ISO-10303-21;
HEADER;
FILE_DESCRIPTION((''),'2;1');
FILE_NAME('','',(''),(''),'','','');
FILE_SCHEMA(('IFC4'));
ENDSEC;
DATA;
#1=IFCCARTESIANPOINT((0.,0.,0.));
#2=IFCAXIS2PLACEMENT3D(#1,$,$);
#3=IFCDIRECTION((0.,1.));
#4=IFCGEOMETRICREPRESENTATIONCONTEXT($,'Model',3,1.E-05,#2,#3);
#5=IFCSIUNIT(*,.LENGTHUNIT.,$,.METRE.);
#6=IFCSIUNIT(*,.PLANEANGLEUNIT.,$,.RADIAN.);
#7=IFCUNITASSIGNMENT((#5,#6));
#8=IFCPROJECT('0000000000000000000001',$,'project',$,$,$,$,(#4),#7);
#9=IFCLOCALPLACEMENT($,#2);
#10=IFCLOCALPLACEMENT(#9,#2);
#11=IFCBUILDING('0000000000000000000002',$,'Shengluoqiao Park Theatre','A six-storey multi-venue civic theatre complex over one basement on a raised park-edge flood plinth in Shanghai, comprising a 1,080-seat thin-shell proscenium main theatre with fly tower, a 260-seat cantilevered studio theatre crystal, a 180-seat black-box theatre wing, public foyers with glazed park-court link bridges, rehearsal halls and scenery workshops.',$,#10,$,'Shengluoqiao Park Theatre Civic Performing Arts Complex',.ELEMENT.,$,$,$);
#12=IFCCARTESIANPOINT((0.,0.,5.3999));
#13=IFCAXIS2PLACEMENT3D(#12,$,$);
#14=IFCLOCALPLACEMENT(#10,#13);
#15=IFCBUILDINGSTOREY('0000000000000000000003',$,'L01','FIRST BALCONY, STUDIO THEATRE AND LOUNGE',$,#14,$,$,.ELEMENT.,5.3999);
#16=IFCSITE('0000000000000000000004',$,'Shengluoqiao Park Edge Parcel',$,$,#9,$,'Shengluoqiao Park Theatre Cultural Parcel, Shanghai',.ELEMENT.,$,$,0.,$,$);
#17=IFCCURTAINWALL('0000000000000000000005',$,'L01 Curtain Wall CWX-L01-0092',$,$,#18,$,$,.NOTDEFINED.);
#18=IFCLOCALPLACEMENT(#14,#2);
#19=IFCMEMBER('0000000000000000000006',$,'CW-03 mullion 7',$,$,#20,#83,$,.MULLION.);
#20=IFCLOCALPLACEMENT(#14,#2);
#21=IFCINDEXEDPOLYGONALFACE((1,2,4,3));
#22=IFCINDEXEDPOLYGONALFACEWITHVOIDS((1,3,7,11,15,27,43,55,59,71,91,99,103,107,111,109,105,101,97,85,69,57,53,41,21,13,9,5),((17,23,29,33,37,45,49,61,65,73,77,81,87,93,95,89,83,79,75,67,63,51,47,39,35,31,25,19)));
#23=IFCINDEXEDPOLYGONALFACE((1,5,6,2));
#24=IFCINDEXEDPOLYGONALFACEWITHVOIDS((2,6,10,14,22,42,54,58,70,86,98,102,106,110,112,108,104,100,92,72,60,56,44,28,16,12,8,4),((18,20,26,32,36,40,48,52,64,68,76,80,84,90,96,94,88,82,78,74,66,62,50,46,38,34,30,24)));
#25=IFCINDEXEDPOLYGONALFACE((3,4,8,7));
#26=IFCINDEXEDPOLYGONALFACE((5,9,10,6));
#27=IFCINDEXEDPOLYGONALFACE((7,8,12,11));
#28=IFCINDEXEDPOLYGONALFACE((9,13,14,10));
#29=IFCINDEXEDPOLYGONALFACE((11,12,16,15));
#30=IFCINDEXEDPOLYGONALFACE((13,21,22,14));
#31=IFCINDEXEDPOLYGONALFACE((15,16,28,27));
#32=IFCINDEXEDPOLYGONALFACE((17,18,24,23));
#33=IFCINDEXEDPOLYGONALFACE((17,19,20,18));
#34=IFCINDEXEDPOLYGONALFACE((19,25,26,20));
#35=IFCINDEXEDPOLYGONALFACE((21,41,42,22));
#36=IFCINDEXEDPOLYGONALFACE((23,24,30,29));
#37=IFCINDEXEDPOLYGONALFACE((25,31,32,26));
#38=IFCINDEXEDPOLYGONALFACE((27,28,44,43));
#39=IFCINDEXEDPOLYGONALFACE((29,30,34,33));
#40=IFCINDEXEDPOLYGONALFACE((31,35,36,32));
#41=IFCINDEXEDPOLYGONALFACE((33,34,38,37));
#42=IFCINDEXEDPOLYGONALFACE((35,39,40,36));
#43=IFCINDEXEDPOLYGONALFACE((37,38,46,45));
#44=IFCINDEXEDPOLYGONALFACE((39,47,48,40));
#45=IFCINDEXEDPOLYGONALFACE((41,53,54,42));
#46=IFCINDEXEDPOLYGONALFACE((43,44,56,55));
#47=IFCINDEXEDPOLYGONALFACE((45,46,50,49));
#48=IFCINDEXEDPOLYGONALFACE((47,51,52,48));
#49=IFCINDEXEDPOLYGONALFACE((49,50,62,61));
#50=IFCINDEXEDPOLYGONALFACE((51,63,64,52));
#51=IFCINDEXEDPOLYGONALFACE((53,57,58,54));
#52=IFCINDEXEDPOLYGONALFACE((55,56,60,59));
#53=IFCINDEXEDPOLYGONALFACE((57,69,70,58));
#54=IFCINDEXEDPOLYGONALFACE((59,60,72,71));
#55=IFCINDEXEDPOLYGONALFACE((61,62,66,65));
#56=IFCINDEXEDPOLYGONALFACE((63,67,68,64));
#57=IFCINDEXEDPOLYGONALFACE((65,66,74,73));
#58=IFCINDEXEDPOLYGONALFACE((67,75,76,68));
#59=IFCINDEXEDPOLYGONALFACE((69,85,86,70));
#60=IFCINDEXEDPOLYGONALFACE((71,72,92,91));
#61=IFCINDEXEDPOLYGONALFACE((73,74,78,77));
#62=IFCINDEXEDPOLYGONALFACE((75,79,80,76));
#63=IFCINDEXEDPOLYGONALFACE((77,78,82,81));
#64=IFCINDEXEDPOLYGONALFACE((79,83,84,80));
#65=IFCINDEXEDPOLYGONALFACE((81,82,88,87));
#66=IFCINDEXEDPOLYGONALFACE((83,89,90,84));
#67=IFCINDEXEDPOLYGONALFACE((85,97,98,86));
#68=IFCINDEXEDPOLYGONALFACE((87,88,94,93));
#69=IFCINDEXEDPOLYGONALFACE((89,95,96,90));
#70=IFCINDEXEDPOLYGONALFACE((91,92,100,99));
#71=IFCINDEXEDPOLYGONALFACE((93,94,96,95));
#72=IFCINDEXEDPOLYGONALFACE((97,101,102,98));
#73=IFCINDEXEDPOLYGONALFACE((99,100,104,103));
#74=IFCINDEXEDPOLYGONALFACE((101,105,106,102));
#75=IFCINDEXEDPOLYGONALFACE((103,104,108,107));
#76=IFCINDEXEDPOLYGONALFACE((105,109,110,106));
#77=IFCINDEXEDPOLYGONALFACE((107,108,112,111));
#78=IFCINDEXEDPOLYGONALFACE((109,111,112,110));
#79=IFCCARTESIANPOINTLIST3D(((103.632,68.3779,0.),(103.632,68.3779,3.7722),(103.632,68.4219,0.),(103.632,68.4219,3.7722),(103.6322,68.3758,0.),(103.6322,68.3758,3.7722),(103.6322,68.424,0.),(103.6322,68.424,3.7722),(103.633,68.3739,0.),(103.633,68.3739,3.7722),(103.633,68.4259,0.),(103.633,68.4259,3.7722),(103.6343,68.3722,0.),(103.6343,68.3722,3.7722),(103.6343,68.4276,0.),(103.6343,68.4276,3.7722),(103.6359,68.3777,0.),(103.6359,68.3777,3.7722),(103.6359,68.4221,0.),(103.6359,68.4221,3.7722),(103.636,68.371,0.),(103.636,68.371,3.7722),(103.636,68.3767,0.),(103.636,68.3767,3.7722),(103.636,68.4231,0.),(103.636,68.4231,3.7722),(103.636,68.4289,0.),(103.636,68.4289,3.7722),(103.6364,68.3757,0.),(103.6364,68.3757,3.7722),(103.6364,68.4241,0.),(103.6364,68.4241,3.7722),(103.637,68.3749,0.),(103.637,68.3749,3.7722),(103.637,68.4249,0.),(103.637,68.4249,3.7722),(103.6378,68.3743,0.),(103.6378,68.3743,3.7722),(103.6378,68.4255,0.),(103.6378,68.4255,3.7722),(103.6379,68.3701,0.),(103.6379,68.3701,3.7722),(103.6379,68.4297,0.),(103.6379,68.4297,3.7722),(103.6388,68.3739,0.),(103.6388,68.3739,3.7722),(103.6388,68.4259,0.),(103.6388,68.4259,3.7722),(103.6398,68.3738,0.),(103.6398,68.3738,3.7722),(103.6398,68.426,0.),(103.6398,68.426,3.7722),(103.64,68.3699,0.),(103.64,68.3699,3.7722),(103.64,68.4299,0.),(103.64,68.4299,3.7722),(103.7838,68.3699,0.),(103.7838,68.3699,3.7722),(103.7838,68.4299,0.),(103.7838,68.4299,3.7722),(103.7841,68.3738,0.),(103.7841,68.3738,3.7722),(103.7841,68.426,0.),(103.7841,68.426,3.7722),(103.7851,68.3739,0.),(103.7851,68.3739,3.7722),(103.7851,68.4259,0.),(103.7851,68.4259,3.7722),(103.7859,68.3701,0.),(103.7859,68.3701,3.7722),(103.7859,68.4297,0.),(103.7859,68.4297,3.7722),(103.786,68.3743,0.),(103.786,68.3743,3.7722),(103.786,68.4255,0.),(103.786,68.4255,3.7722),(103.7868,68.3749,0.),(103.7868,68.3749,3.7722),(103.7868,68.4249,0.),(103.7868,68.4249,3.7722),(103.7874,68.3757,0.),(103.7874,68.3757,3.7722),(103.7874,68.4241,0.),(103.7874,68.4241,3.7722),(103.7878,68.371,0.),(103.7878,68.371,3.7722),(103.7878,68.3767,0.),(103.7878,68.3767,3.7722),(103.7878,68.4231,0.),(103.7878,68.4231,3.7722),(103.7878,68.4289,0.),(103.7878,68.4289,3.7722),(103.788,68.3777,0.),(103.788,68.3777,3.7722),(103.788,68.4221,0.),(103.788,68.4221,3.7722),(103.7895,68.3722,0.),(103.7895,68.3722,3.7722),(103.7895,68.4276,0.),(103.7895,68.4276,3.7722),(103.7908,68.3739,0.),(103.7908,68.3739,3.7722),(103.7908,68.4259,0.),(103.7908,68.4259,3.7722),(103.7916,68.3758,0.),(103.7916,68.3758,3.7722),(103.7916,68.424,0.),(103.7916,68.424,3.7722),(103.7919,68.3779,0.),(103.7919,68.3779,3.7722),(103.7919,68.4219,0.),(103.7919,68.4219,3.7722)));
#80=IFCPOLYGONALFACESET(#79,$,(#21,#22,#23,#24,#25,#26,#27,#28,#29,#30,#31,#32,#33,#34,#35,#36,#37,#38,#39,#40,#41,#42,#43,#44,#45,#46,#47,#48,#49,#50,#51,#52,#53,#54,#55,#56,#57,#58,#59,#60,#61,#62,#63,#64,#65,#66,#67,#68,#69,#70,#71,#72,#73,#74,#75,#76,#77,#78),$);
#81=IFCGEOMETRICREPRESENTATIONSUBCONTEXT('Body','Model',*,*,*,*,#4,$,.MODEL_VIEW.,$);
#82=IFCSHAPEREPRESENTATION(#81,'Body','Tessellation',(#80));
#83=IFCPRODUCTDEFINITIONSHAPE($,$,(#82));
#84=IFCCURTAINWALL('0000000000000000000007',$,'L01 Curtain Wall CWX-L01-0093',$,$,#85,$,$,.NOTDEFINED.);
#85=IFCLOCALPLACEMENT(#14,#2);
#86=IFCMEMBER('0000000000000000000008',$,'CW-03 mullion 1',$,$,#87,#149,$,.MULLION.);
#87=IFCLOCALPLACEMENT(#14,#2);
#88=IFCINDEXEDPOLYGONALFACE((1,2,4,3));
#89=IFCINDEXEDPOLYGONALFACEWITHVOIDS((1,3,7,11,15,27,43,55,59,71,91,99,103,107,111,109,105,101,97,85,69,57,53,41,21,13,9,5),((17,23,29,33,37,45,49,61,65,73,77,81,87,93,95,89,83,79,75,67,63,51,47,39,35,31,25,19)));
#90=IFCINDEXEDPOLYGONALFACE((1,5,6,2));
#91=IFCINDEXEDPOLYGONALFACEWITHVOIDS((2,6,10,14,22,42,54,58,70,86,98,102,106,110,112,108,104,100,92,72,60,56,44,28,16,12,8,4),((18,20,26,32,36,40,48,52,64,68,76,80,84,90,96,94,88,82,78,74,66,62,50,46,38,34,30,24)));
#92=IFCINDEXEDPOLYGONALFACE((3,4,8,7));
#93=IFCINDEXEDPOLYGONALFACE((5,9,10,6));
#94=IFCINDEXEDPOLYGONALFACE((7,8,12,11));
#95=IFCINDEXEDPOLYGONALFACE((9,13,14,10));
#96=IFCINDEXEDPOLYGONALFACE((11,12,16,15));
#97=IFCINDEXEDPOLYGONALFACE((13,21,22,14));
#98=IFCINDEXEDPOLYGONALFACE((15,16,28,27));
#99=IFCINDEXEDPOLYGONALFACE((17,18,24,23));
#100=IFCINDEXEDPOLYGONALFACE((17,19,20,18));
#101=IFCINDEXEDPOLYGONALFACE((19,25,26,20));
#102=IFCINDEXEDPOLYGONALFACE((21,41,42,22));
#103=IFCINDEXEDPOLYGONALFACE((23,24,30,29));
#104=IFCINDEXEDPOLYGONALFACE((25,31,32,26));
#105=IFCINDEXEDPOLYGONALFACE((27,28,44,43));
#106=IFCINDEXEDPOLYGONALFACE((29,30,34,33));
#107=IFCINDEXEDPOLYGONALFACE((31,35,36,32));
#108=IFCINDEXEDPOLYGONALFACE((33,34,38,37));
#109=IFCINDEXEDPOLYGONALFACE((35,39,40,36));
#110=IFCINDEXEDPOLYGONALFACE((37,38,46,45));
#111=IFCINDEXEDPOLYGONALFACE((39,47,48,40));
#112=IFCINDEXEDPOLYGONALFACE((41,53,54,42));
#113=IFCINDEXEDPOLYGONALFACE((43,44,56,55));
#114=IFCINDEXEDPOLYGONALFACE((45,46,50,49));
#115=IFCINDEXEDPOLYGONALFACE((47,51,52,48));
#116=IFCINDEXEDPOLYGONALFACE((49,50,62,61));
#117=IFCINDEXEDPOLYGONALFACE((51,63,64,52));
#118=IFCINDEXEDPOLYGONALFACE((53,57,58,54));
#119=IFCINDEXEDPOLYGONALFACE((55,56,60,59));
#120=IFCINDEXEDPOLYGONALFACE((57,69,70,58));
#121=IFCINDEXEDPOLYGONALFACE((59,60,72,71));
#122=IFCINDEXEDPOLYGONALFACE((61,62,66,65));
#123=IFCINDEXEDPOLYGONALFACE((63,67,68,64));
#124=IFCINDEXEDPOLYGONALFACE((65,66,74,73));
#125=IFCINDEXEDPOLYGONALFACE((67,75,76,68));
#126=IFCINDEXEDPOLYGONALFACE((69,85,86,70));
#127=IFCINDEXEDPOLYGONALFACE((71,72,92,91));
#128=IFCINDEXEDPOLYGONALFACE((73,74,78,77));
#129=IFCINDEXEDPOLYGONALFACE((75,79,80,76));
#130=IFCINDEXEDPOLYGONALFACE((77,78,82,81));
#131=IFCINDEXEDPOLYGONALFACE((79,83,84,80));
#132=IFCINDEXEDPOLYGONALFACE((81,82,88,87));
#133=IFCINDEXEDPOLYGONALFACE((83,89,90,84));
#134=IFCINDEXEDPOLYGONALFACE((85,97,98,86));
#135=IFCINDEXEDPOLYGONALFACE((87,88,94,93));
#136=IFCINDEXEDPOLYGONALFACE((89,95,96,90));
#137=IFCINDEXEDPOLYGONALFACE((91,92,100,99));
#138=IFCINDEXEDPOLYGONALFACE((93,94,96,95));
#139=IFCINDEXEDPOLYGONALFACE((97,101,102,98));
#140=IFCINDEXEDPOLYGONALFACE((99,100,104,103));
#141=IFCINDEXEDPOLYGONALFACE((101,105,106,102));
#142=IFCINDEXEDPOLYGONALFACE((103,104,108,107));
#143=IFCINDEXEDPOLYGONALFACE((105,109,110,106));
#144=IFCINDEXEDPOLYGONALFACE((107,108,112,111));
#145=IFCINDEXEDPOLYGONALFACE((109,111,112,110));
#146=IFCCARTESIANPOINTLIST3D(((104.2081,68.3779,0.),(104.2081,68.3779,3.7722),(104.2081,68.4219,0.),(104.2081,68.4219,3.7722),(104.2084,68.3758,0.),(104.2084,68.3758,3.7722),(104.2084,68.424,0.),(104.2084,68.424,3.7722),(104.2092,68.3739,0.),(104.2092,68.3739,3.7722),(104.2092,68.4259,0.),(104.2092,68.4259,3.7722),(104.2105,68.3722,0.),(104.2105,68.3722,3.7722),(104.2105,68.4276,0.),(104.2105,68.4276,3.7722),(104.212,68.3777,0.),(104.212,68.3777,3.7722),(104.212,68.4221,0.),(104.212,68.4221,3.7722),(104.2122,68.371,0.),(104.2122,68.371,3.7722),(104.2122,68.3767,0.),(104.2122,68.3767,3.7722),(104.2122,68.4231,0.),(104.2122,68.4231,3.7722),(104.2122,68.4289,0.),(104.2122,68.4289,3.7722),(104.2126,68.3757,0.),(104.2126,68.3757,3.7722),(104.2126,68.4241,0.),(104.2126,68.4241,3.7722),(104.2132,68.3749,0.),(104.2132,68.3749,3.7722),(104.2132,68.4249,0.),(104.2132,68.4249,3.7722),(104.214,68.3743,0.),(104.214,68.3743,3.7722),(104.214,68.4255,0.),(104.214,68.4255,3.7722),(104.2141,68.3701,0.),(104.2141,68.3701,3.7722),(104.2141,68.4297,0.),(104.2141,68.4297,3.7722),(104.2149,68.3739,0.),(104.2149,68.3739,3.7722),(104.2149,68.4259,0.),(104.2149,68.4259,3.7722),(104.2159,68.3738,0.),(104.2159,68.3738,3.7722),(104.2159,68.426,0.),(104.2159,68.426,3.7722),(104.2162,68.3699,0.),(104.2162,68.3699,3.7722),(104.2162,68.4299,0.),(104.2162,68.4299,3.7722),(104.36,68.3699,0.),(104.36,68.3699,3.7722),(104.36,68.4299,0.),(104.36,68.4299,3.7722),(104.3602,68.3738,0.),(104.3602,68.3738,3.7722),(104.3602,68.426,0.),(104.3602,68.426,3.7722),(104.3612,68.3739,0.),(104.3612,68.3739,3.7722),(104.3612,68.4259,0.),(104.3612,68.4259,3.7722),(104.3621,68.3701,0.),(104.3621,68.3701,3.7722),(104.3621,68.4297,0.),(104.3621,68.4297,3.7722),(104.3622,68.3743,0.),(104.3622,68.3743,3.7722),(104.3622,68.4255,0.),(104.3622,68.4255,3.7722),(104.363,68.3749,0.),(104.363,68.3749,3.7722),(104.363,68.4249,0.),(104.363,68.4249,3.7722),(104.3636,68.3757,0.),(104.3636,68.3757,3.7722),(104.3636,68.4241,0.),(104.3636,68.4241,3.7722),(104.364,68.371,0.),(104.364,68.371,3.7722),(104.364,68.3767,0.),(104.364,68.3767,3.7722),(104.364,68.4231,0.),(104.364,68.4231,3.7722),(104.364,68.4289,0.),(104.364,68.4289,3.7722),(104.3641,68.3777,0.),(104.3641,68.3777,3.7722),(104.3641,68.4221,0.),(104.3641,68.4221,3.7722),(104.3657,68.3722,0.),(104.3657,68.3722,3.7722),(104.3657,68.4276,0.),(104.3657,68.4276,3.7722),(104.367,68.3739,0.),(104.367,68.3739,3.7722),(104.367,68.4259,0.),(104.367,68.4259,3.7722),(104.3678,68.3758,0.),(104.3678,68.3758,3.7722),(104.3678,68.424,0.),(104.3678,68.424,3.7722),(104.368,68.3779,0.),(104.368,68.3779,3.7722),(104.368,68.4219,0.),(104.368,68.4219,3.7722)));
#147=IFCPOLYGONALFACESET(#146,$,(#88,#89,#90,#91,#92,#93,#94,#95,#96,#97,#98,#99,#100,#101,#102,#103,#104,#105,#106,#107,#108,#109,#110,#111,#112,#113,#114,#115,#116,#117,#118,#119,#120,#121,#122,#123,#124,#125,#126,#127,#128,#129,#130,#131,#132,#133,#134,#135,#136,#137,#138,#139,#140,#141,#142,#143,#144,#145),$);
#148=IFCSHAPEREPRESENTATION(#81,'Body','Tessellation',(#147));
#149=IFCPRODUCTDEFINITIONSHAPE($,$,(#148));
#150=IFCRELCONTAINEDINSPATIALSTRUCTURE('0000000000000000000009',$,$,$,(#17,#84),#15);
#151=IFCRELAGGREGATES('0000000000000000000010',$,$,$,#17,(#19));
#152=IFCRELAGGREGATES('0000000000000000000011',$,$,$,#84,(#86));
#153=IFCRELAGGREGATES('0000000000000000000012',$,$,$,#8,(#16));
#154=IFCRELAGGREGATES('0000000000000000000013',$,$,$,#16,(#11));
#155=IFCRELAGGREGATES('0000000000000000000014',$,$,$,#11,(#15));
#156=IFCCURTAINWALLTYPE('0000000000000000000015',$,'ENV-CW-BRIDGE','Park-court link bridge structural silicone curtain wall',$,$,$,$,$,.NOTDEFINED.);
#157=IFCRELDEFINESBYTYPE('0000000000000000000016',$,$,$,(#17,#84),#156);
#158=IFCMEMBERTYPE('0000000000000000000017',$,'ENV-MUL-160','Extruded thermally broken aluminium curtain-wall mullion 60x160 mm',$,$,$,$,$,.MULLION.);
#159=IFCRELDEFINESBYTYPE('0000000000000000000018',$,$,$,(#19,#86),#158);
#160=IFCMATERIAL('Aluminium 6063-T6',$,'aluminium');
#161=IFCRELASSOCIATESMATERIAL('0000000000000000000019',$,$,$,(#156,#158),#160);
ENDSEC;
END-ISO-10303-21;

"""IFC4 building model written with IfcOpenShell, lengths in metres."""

from ifc_helpers import new_model, si_unit, direction, frame, origin, origin_2d, place, context, subcontext, project, spatial, hollow_rectangle, extrude, material, material_profile, profile_set, type_object, element, aggregate, save


model = new_model("IFC4")

# Units and contexts
model_context = context("Model", 3, precision=1e-05, world=origin(), true_north=direction((0.0, 1.0)))
body_context = subcontext(model_context, "Body", "Model", "MODEL_VIEW")
ifc_project = project(units=[si_unit("LENGTHUNIT", "METRE"), si_unit("PLANEANGLEUNIT", "RADIAN")], contexts=[model_context])

# Site, building, storey
site_placement = place(None, origin())
site = spatial("IfcSite", under=ifc_project, at=site_placement, Name="Shengluoqiao Park Edge Parcel", LongName="Shengluoqiao Park Theatre Cultural Parcel, Shanghai", CompositionType="ELEMENT", RefElevation=0.0)
building_placement = place(site_placement, origin())
building = spatial("IfcBuilding", under=site, at=building_placement, Name="Shengluoqiao Park Theatre", Description="A six-storey multi-venue civic theatre complex over one basement on a raised park-edge flood plinth in Shanghai, comprising a 1,080-seat thin-shell proscenium main theatre with fly tower, a 260-seat cantilevered studio theatre crystal, a 180-seat black-box theatre wing, public foyers with glazed park-court link bridges, rehearsal halls and scenery workshops.", LongName="Shengluoqiao Park Theatre Civic Performing Arts Complex", CompositionType="ELEMENT")
storey_placement = place(building_placement, frame((0.0, 0.0, 5.3999)))
storey = spatial("IfcBuildingStorey", under=building, at=storey_placement, Name="L01", Description="FIRST BALCONY, STUDIO THEATRE AND LOUNGE", CompositionType="ELEMENT", Elevation=5.3999)

# Curtain walls, members
ifc_material_1 = material(Name="Aluminium 6063-T6", Category="aluminium")
curtain_wall_type = type_object("IfcCurtainWallType", Name="ENV-CW-BRIDGE", Description="Park-court link bridge structural silicone curtain wall", PredefinedType="NOTDEFINED", material=ifc_material_1)
curtain_wall_1_placement = place(storey_placement, origin())
curtain_wall_1 = element("IfcCurtainWall", 1, at=curtain_wall_1_placement, inside=storey, type_object=curtain_wall_type, Name="L01 Curtain Wall CWX-L01-0092", PredefinedType="NOTDEFINED")
ifc_material_profile_1 = material_profile(ifc_material_1, hollow_rectangle(XDim=0.0601, YDim=0.1599, WallThickness=0.0039, InnerFilletRadius=0.0039, OuterFilletRadius=0.0081, at=origin_2d()), Name="ALU MULLION 160x60x4")
ifc_profile_set_1 = profile_set([ifc_material_profile_1], Name="Aluminium 6063-T6")
member_type_1 = type_object("IfcMemberType", Name="ENV-MUL-160", Description="Extruded thermally broken aluminium curtain-wall mullion 60x160 mm", PredefinedType="MULLION", material=ifc_profile_set_1)
member_1_placement = place(storey_placement, frame((103.7119, 68.3999, 0.0), z_axis=(0.0, 0.0, 1.0), x_axis=(0.0, 1.0, 0.0)))
member_1 = element("IfcMember", 2, at=member_1_placement, type_object=member_type_1, Name="CW-03 mullion 7", PredefinedType="MULLION", context=body_context, shape_type="SweptSolid", body=[
    extrude(hollow_rectangle(XDim=0.0601, YDim=0.1599, WallThickness=0.0039, InnerFilletRadius=0.0039, OuterFilletRadius=0.0081, at=origin_2d()), origin(), (0.0, 0.0, 1.0), 3.7722),
])
curtain_wall_2_placement = place(storey_placement, origin())
curtain_wall_2 = element("IfcCurtainWall", 3, at=curtain_wall_2_placement, inside=storey, type_object=curtain_wall_type, Name="L01 Curtain Wall CWX-L01-0093", PredefinedType="NOTDEFINED")
member_2_placement = place(storey_placement, frame((104.2881, 68.3999, 0.0), z_axis=(0.0, 0.0, 1.0), x_axis=(0.0, 1.0, 0.0)))
member_2 = element("IfcMember", 4, at=member_2_placement, type_object=member_type_1, Name="CW-03 mullion 1", PredefinedType="MULLION", context=body_context, shape_type="SweptSolid", body=[
    extrude(hollow_rectangle(XDim=0.0601, YDim=0.1599, WallThickness=0.0039, InnerFilletRadius=0.0039, OuterFilletRadius=0.0081, at=origin_2d()), origin(), (0.0, 0.0, 1.0), 3.7722),
])

aggregate(curtain_wall_1, [member_1])
aggregate(curtain_wall_2, [member_2])

save(model, "model.ifc")
